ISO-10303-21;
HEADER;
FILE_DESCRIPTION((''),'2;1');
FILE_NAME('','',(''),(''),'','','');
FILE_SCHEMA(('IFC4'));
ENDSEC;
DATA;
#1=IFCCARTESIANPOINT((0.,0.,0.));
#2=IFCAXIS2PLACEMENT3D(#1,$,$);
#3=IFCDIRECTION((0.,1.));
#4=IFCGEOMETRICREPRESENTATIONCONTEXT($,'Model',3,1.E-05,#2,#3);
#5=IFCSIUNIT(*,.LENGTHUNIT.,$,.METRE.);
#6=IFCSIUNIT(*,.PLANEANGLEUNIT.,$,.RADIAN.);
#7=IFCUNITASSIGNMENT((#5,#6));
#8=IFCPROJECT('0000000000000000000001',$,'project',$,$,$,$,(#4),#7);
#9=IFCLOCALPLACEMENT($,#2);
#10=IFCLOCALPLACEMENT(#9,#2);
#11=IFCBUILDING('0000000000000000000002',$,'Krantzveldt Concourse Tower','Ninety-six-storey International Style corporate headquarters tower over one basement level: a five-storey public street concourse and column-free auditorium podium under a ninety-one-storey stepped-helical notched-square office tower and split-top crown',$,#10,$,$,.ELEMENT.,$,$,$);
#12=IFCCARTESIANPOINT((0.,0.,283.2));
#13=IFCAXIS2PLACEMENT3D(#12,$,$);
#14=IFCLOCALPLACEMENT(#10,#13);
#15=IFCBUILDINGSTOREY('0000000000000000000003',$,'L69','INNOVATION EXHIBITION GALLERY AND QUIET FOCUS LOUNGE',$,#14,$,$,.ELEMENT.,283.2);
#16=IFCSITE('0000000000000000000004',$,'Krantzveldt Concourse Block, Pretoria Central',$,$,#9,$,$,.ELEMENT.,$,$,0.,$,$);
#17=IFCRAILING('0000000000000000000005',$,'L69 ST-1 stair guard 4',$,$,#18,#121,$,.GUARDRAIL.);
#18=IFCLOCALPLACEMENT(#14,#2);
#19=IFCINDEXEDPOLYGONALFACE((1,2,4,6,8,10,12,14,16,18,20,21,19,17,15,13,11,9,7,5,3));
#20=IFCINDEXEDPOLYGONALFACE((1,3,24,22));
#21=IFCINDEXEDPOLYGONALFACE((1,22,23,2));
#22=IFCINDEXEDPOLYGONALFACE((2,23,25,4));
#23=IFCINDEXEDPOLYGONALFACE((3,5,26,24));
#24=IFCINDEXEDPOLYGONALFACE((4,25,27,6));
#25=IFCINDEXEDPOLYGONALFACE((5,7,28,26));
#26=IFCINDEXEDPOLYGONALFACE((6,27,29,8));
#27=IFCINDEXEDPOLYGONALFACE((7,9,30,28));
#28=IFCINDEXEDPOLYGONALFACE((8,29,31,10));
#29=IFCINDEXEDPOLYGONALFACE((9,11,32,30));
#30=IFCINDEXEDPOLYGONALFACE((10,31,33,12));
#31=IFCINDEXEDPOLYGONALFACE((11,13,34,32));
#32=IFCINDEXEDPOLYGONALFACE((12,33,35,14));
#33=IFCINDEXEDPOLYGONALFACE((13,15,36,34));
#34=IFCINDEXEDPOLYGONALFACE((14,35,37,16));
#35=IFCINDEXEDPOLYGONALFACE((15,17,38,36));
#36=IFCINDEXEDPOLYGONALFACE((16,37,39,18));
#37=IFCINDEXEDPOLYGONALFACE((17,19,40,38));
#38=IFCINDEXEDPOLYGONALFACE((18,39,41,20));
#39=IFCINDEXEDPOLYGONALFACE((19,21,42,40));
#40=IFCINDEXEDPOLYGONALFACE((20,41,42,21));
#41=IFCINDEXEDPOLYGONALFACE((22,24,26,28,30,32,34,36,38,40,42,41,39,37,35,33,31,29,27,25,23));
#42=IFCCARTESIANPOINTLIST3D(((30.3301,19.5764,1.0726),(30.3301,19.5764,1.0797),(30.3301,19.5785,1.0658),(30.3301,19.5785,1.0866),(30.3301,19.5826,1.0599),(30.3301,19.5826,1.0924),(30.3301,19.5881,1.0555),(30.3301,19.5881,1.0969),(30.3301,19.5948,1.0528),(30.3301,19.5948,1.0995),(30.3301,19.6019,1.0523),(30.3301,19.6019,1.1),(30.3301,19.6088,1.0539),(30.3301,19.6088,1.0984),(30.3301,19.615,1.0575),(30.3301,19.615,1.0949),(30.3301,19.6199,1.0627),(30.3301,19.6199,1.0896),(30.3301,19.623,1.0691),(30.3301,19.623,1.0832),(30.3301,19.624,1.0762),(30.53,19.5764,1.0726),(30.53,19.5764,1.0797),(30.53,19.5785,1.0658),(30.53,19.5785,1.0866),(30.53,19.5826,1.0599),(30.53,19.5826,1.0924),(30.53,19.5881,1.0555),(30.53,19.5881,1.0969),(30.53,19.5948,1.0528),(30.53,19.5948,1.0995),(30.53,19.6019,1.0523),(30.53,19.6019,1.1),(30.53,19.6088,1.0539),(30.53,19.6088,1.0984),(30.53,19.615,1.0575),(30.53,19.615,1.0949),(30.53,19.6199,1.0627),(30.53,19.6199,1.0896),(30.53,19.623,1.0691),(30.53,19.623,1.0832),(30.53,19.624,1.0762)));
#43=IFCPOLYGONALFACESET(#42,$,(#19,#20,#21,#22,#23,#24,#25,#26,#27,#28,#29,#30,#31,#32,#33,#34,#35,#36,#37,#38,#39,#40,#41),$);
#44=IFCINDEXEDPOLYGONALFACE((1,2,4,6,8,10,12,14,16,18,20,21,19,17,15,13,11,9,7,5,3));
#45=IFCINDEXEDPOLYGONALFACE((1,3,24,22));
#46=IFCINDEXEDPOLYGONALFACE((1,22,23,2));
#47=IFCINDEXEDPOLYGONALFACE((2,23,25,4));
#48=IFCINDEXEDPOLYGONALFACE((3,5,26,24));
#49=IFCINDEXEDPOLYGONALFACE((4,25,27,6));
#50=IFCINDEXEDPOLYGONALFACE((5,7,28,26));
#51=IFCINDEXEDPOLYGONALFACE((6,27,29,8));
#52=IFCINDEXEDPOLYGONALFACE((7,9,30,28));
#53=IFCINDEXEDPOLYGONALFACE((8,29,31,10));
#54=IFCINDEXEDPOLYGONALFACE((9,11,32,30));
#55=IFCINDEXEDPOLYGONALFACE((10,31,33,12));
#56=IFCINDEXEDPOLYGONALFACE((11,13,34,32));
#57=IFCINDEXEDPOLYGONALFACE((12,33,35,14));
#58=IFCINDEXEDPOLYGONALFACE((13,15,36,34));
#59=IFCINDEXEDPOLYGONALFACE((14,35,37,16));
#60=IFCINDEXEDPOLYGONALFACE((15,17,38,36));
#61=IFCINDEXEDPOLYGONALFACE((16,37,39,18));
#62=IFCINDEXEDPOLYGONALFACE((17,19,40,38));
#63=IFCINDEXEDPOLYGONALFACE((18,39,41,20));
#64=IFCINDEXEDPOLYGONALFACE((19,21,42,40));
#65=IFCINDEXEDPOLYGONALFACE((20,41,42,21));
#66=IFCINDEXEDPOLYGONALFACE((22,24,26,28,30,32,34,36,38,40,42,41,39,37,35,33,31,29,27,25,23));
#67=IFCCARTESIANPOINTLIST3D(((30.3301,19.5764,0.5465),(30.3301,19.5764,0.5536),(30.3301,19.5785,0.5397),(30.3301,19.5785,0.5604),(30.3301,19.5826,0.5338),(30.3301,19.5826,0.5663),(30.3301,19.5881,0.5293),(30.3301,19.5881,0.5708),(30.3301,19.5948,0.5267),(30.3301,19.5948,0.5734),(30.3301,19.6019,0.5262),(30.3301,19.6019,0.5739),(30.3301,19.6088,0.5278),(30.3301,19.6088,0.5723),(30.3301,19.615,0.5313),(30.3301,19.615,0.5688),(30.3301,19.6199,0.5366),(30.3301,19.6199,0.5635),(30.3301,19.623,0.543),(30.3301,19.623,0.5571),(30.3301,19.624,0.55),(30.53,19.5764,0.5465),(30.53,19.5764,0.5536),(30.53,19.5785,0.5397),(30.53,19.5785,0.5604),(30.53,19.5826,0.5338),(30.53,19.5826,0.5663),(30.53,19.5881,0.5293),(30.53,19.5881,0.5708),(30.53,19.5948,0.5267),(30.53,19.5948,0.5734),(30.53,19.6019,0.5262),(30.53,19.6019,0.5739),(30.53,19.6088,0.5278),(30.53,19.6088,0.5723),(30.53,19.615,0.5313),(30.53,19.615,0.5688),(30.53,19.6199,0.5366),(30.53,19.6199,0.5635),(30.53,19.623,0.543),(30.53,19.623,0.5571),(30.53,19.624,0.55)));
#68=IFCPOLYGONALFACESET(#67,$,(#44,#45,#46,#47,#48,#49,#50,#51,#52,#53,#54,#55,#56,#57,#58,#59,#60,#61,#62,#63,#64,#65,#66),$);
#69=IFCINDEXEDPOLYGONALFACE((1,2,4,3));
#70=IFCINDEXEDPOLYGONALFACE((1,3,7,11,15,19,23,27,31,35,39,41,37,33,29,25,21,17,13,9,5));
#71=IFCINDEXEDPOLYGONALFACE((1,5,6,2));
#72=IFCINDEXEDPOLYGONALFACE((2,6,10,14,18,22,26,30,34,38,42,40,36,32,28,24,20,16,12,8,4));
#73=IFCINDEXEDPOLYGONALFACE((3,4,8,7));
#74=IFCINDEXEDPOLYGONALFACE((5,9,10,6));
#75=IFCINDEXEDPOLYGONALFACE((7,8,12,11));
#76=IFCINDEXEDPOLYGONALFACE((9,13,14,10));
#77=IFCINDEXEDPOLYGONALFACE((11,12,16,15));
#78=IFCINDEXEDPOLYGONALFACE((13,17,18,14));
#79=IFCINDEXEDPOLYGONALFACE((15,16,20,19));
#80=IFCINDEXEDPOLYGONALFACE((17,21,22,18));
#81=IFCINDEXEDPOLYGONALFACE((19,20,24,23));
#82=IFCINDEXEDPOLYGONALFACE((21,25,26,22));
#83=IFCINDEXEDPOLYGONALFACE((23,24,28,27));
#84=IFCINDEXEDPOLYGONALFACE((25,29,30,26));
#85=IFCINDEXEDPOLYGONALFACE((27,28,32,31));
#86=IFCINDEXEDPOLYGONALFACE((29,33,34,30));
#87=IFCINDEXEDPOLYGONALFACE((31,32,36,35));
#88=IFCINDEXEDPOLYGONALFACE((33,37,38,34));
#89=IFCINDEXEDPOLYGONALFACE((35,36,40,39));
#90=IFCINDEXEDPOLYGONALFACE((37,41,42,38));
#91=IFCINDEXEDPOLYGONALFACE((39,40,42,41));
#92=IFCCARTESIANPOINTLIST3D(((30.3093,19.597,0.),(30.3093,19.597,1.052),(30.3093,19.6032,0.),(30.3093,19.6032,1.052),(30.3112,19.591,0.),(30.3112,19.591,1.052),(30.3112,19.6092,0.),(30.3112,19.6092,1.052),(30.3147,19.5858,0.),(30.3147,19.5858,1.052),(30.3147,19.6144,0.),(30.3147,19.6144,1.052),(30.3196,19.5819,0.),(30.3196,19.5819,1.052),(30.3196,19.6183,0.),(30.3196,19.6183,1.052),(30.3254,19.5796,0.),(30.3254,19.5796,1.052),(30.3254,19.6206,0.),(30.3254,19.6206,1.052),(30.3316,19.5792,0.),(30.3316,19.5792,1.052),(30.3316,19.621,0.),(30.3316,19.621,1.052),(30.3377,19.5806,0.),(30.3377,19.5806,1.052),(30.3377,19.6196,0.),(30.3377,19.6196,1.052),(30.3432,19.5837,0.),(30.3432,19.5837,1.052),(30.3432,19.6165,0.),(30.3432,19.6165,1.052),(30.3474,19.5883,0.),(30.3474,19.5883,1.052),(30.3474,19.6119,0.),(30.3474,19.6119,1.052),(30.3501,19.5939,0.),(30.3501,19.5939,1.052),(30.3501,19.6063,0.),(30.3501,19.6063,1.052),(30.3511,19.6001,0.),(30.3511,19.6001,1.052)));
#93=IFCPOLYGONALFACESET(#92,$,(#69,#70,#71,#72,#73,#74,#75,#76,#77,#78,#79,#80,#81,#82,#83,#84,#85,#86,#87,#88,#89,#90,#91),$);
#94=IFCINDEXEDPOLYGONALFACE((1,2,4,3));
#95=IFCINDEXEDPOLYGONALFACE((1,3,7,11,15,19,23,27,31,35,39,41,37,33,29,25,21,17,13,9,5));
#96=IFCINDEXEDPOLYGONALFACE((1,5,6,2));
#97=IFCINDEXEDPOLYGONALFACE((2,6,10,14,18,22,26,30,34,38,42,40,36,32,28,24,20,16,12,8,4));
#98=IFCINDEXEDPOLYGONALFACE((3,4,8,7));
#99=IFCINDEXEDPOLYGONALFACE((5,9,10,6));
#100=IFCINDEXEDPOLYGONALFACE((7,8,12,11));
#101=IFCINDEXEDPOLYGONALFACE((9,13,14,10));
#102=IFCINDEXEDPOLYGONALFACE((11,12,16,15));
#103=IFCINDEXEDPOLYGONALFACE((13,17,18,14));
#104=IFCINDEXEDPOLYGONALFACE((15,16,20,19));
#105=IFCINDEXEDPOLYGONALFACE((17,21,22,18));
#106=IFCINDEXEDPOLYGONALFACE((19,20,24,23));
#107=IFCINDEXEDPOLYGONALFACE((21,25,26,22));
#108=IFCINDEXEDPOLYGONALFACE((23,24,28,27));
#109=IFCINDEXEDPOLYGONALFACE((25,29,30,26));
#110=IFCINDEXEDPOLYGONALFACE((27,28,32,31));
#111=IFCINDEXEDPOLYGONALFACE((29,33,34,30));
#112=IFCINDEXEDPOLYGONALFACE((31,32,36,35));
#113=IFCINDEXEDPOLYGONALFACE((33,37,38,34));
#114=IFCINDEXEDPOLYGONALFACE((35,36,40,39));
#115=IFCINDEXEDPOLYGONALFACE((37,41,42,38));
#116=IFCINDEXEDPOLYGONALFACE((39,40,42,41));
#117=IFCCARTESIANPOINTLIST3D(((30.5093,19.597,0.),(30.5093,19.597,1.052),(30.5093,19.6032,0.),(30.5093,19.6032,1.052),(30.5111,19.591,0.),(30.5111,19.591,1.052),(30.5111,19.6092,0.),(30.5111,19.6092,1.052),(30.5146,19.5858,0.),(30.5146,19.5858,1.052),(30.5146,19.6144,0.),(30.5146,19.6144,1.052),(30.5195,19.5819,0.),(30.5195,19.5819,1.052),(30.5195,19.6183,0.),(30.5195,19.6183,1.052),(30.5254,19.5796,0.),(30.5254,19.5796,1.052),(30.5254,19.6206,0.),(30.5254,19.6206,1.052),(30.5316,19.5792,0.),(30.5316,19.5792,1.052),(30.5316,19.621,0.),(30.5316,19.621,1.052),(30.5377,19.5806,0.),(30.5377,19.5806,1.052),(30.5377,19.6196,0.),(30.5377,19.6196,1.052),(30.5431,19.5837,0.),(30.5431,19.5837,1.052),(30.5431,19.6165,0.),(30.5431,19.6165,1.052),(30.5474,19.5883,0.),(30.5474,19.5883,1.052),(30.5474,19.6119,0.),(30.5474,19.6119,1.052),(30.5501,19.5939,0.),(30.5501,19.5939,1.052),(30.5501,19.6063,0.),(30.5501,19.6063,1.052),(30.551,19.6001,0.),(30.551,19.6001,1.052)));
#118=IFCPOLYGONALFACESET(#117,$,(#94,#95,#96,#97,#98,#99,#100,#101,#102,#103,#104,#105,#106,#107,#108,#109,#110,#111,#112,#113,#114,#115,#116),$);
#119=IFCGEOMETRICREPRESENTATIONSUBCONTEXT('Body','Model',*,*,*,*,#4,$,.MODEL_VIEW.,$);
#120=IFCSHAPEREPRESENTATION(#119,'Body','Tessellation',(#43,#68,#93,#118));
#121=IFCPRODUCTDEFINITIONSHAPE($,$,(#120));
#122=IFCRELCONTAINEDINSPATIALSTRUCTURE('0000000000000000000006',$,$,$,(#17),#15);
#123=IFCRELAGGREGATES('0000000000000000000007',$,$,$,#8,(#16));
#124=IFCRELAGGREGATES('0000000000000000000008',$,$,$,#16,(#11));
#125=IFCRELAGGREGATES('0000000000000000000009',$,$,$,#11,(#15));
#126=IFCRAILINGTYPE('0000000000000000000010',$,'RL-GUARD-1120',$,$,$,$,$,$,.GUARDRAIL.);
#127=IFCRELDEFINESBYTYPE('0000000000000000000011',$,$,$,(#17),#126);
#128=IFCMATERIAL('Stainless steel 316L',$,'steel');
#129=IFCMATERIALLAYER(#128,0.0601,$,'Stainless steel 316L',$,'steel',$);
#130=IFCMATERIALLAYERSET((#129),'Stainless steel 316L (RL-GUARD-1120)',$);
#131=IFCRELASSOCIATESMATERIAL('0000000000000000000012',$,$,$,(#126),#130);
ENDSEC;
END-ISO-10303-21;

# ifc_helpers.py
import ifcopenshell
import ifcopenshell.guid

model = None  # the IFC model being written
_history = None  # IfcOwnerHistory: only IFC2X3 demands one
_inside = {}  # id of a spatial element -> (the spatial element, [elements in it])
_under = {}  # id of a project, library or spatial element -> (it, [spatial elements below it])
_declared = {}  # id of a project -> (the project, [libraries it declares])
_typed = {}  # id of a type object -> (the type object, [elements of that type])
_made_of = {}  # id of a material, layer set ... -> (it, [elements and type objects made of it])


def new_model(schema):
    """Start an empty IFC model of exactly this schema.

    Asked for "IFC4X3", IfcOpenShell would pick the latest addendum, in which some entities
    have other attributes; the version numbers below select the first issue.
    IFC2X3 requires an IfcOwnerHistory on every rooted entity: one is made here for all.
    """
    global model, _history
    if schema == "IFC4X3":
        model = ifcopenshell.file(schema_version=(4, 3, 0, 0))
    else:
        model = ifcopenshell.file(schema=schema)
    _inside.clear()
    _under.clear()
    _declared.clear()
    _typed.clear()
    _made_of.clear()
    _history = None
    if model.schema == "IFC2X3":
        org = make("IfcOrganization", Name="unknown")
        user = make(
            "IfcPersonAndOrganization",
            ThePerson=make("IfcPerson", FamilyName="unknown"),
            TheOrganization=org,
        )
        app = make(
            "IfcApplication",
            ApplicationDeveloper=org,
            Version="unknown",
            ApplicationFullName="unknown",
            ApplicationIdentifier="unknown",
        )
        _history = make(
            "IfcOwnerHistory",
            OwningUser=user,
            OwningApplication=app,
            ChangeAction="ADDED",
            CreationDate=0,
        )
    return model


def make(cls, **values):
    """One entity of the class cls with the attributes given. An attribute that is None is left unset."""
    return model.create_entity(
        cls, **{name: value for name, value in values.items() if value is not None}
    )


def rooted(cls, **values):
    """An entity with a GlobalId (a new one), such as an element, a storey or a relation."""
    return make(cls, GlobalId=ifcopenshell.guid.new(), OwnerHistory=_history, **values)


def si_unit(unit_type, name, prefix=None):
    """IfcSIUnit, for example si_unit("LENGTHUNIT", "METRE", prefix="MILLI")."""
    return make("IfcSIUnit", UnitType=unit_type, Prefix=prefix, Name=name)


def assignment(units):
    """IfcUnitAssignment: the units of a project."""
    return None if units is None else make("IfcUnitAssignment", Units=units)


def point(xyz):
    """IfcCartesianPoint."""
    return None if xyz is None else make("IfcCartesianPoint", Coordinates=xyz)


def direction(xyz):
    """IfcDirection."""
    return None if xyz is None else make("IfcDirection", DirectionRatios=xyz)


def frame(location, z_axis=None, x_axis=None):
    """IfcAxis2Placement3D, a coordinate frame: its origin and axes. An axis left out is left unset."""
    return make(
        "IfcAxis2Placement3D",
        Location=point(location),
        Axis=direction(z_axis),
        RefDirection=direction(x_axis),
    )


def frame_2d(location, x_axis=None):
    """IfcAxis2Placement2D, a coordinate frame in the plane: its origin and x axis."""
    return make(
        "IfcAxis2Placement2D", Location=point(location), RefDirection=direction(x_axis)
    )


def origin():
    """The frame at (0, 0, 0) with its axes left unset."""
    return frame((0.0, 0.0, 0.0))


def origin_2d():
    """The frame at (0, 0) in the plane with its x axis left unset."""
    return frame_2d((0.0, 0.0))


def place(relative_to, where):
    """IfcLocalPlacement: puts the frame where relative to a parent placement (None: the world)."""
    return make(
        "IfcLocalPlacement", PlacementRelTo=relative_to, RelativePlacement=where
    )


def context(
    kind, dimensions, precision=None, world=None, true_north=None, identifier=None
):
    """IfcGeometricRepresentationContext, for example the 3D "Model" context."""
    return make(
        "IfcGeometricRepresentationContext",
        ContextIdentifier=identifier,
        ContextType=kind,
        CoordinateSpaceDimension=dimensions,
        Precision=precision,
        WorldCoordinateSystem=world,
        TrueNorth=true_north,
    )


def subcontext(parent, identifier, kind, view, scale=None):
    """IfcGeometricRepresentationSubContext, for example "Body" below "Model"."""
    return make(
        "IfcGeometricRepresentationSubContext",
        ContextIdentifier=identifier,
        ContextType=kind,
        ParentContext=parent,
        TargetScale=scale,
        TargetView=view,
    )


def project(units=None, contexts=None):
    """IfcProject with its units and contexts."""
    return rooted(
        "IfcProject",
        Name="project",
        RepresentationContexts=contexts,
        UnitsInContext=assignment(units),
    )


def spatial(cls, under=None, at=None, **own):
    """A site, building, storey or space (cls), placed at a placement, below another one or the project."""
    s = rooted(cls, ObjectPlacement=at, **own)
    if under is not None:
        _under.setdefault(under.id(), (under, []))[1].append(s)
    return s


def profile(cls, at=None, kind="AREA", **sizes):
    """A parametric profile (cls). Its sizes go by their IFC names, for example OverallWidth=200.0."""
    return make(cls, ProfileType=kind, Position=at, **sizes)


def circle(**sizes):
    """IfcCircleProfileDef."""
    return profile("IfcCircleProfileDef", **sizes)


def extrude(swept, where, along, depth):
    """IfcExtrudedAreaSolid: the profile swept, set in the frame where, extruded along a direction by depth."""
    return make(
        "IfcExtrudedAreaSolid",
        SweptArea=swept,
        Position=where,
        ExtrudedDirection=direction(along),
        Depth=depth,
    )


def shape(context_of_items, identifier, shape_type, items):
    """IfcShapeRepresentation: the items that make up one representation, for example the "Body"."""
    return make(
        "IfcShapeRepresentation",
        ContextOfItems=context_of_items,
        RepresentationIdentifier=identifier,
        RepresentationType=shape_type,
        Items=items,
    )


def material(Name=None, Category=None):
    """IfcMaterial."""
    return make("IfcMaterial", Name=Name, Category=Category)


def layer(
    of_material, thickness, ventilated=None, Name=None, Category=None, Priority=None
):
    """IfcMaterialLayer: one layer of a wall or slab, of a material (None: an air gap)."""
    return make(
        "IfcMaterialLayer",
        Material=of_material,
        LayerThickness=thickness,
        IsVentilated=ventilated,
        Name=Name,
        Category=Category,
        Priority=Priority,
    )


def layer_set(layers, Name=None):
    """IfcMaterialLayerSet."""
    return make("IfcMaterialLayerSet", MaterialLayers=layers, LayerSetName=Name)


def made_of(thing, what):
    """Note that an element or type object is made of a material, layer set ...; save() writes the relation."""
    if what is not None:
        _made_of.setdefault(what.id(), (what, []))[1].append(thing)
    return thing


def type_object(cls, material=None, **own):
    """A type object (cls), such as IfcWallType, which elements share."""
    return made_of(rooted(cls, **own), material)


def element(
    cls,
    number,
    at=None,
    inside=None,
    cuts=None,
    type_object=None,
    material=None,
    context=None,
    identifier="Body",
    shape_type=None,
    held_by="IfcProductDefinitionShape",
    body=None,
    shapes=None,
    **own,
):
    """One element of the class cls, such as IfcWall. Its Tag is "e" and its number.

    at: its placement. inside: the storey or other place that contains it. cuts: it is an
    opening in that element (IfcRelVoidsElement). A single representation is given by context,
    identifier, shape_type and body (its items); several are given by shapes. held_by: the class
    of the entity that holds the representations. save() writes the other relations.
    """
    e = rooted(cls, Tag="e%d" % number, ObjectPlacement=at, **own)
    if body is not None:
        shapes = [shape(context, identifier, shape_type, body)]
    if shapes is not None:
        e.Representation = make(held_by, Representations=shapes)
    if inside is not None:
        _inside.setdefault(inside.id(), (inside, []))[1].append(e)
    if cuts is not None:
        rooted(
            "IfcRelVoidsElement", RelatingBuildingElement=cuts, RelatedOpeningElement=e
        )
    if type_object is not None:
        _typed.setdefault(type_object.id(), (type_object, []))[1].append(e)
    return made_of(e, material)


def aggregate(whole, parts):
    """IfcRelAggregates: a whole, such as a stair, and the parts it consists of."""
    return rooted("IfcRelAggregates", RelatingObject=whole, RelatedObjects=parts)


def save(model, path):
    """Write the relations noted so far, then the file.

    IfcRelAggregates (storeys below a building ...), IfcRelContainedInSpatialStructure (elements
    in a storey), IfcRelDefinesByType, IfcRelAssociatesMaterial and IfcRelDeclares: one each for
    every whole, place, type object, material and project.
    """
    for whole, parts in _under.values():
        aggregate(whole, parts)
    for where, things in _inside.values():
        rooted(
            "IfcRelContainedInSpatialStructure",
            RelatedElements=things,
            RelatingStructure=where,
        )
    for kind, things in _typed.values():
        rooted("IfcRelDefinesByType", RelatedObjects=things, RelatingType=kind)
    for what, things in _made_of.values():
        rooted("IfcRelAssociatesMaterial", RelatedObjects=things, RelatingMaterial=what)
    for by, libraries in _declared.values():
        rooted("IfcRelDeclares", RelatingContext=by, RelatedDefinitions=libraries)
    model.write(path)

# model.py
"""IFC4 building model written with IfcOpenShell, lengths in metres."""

from ifc_helpers import new_model, si_unit, direction, frame, origin, origin_2d, place, context, subcontext, project, spatial, circle, extrude, material, layer, layer_set, type_object, element, save


model = new_model("IFC4")

# Units and contexts
model_context = context("Model", 3, precision=1e-05, world=origin(), true_north=direction((0.0, 1.0)))
body_context = subcontext(model_context, "Body", "Model", "MODEL_VIEW")
ifc_project = project(units=[si_unit("LENGTHUNIT", "METRE"), si_unit("PLANEANGLEUNIT", "RADIAN")], contexts=[model_context])

# Site, building, storey
site_placement = place(None, origin())
site = spatial("IfcSite", under=ifc_project, at=site_placement, Name="Krantzveldt Concourse Block, Pretoria Central", CompositionType="ELEMENT", RefElevation=0.0)
building_placement = place(site_placement, origin())
building = spatial("IfcBuilding", under=site, at=building_placement, Name="Krantzveldt Concourse Tower", Description="Ninety-six-storey International Style corporate headquarters tower over one basement level: a five-storey public street concourse and column-free auditorium podium under a ninety-one-storey stepped-helical notched-square office tower and split-top crown", CompositionType="ELEMENT")
storey_placement = place(building_placement, frame((0.0, 0.0, 283.2)))
storey = spatial("IfcBuildingStorey", under=building, at=storey_placement, Name="L69", Description="INNOVATION EXHIBITION GALLERY AND QUIET FOCUS LOUNGE", CompositionType="ELEMENT", Elevation=283.2)

# Railing
ifc_material_1 = material(Name="Stainless steel 316L", Category="steel")
ifc_layer_1 = layer(ifc_material_1, 0.0601, Name="Stainless steel 316L", Category="steel")
ifc_layer_set_1 = layer_set([ifc_layer_1], Name="Stainless steel 316L (RL-GUARD-1120)")
railing_type_1 = type_object("IfcRailingType", Name="RL-GUARD-1120", PredefinedType="GUARDRAIL", material=ifc_layer_set_1)
railing_1_placement = place(storey_placement, frame((30.3301, 19.6001, 0.0)))
element("IfcRailing", 1, at=railing_1_placement, inside=storey, type_object=railing_type_1, Name="L69 ST-1 stair guard 4", PredefinedType="GUARDRAIL", context=body_context, shape_type="SweptSolid", body=[
    extrude(circle(Radius=0.0239, at=origin_2d()), frame((0.0, 0.0, 1.0762), z_axis=(1.0, 0.0, 0.0), x_axis=(0.0, 1.0, 0.0)), (0.0, 0.0, 1.0), 0.2),
    extrude(circle(Radius=0.0239, at=origin_2d()), frame((0.0, 0.0, 0.55), z_axis=(1.0, 0.0, 0.0), x_axis=(0.0, 1.0, 0.0)), (0.0, 0.0, 1.0), 0.2),
    extrude(circle(Radius=0.021, at=origin_2d()), origin(), (0.0, 0.0, 1.0), 1.052),
    extrude(circle(Radius=0.021, at=origin_2d()), frame((0.2, 0.0, 0.0)), (0.0, 0.0, 1.0), 1.052),
])

save(model, "model.ifc")
